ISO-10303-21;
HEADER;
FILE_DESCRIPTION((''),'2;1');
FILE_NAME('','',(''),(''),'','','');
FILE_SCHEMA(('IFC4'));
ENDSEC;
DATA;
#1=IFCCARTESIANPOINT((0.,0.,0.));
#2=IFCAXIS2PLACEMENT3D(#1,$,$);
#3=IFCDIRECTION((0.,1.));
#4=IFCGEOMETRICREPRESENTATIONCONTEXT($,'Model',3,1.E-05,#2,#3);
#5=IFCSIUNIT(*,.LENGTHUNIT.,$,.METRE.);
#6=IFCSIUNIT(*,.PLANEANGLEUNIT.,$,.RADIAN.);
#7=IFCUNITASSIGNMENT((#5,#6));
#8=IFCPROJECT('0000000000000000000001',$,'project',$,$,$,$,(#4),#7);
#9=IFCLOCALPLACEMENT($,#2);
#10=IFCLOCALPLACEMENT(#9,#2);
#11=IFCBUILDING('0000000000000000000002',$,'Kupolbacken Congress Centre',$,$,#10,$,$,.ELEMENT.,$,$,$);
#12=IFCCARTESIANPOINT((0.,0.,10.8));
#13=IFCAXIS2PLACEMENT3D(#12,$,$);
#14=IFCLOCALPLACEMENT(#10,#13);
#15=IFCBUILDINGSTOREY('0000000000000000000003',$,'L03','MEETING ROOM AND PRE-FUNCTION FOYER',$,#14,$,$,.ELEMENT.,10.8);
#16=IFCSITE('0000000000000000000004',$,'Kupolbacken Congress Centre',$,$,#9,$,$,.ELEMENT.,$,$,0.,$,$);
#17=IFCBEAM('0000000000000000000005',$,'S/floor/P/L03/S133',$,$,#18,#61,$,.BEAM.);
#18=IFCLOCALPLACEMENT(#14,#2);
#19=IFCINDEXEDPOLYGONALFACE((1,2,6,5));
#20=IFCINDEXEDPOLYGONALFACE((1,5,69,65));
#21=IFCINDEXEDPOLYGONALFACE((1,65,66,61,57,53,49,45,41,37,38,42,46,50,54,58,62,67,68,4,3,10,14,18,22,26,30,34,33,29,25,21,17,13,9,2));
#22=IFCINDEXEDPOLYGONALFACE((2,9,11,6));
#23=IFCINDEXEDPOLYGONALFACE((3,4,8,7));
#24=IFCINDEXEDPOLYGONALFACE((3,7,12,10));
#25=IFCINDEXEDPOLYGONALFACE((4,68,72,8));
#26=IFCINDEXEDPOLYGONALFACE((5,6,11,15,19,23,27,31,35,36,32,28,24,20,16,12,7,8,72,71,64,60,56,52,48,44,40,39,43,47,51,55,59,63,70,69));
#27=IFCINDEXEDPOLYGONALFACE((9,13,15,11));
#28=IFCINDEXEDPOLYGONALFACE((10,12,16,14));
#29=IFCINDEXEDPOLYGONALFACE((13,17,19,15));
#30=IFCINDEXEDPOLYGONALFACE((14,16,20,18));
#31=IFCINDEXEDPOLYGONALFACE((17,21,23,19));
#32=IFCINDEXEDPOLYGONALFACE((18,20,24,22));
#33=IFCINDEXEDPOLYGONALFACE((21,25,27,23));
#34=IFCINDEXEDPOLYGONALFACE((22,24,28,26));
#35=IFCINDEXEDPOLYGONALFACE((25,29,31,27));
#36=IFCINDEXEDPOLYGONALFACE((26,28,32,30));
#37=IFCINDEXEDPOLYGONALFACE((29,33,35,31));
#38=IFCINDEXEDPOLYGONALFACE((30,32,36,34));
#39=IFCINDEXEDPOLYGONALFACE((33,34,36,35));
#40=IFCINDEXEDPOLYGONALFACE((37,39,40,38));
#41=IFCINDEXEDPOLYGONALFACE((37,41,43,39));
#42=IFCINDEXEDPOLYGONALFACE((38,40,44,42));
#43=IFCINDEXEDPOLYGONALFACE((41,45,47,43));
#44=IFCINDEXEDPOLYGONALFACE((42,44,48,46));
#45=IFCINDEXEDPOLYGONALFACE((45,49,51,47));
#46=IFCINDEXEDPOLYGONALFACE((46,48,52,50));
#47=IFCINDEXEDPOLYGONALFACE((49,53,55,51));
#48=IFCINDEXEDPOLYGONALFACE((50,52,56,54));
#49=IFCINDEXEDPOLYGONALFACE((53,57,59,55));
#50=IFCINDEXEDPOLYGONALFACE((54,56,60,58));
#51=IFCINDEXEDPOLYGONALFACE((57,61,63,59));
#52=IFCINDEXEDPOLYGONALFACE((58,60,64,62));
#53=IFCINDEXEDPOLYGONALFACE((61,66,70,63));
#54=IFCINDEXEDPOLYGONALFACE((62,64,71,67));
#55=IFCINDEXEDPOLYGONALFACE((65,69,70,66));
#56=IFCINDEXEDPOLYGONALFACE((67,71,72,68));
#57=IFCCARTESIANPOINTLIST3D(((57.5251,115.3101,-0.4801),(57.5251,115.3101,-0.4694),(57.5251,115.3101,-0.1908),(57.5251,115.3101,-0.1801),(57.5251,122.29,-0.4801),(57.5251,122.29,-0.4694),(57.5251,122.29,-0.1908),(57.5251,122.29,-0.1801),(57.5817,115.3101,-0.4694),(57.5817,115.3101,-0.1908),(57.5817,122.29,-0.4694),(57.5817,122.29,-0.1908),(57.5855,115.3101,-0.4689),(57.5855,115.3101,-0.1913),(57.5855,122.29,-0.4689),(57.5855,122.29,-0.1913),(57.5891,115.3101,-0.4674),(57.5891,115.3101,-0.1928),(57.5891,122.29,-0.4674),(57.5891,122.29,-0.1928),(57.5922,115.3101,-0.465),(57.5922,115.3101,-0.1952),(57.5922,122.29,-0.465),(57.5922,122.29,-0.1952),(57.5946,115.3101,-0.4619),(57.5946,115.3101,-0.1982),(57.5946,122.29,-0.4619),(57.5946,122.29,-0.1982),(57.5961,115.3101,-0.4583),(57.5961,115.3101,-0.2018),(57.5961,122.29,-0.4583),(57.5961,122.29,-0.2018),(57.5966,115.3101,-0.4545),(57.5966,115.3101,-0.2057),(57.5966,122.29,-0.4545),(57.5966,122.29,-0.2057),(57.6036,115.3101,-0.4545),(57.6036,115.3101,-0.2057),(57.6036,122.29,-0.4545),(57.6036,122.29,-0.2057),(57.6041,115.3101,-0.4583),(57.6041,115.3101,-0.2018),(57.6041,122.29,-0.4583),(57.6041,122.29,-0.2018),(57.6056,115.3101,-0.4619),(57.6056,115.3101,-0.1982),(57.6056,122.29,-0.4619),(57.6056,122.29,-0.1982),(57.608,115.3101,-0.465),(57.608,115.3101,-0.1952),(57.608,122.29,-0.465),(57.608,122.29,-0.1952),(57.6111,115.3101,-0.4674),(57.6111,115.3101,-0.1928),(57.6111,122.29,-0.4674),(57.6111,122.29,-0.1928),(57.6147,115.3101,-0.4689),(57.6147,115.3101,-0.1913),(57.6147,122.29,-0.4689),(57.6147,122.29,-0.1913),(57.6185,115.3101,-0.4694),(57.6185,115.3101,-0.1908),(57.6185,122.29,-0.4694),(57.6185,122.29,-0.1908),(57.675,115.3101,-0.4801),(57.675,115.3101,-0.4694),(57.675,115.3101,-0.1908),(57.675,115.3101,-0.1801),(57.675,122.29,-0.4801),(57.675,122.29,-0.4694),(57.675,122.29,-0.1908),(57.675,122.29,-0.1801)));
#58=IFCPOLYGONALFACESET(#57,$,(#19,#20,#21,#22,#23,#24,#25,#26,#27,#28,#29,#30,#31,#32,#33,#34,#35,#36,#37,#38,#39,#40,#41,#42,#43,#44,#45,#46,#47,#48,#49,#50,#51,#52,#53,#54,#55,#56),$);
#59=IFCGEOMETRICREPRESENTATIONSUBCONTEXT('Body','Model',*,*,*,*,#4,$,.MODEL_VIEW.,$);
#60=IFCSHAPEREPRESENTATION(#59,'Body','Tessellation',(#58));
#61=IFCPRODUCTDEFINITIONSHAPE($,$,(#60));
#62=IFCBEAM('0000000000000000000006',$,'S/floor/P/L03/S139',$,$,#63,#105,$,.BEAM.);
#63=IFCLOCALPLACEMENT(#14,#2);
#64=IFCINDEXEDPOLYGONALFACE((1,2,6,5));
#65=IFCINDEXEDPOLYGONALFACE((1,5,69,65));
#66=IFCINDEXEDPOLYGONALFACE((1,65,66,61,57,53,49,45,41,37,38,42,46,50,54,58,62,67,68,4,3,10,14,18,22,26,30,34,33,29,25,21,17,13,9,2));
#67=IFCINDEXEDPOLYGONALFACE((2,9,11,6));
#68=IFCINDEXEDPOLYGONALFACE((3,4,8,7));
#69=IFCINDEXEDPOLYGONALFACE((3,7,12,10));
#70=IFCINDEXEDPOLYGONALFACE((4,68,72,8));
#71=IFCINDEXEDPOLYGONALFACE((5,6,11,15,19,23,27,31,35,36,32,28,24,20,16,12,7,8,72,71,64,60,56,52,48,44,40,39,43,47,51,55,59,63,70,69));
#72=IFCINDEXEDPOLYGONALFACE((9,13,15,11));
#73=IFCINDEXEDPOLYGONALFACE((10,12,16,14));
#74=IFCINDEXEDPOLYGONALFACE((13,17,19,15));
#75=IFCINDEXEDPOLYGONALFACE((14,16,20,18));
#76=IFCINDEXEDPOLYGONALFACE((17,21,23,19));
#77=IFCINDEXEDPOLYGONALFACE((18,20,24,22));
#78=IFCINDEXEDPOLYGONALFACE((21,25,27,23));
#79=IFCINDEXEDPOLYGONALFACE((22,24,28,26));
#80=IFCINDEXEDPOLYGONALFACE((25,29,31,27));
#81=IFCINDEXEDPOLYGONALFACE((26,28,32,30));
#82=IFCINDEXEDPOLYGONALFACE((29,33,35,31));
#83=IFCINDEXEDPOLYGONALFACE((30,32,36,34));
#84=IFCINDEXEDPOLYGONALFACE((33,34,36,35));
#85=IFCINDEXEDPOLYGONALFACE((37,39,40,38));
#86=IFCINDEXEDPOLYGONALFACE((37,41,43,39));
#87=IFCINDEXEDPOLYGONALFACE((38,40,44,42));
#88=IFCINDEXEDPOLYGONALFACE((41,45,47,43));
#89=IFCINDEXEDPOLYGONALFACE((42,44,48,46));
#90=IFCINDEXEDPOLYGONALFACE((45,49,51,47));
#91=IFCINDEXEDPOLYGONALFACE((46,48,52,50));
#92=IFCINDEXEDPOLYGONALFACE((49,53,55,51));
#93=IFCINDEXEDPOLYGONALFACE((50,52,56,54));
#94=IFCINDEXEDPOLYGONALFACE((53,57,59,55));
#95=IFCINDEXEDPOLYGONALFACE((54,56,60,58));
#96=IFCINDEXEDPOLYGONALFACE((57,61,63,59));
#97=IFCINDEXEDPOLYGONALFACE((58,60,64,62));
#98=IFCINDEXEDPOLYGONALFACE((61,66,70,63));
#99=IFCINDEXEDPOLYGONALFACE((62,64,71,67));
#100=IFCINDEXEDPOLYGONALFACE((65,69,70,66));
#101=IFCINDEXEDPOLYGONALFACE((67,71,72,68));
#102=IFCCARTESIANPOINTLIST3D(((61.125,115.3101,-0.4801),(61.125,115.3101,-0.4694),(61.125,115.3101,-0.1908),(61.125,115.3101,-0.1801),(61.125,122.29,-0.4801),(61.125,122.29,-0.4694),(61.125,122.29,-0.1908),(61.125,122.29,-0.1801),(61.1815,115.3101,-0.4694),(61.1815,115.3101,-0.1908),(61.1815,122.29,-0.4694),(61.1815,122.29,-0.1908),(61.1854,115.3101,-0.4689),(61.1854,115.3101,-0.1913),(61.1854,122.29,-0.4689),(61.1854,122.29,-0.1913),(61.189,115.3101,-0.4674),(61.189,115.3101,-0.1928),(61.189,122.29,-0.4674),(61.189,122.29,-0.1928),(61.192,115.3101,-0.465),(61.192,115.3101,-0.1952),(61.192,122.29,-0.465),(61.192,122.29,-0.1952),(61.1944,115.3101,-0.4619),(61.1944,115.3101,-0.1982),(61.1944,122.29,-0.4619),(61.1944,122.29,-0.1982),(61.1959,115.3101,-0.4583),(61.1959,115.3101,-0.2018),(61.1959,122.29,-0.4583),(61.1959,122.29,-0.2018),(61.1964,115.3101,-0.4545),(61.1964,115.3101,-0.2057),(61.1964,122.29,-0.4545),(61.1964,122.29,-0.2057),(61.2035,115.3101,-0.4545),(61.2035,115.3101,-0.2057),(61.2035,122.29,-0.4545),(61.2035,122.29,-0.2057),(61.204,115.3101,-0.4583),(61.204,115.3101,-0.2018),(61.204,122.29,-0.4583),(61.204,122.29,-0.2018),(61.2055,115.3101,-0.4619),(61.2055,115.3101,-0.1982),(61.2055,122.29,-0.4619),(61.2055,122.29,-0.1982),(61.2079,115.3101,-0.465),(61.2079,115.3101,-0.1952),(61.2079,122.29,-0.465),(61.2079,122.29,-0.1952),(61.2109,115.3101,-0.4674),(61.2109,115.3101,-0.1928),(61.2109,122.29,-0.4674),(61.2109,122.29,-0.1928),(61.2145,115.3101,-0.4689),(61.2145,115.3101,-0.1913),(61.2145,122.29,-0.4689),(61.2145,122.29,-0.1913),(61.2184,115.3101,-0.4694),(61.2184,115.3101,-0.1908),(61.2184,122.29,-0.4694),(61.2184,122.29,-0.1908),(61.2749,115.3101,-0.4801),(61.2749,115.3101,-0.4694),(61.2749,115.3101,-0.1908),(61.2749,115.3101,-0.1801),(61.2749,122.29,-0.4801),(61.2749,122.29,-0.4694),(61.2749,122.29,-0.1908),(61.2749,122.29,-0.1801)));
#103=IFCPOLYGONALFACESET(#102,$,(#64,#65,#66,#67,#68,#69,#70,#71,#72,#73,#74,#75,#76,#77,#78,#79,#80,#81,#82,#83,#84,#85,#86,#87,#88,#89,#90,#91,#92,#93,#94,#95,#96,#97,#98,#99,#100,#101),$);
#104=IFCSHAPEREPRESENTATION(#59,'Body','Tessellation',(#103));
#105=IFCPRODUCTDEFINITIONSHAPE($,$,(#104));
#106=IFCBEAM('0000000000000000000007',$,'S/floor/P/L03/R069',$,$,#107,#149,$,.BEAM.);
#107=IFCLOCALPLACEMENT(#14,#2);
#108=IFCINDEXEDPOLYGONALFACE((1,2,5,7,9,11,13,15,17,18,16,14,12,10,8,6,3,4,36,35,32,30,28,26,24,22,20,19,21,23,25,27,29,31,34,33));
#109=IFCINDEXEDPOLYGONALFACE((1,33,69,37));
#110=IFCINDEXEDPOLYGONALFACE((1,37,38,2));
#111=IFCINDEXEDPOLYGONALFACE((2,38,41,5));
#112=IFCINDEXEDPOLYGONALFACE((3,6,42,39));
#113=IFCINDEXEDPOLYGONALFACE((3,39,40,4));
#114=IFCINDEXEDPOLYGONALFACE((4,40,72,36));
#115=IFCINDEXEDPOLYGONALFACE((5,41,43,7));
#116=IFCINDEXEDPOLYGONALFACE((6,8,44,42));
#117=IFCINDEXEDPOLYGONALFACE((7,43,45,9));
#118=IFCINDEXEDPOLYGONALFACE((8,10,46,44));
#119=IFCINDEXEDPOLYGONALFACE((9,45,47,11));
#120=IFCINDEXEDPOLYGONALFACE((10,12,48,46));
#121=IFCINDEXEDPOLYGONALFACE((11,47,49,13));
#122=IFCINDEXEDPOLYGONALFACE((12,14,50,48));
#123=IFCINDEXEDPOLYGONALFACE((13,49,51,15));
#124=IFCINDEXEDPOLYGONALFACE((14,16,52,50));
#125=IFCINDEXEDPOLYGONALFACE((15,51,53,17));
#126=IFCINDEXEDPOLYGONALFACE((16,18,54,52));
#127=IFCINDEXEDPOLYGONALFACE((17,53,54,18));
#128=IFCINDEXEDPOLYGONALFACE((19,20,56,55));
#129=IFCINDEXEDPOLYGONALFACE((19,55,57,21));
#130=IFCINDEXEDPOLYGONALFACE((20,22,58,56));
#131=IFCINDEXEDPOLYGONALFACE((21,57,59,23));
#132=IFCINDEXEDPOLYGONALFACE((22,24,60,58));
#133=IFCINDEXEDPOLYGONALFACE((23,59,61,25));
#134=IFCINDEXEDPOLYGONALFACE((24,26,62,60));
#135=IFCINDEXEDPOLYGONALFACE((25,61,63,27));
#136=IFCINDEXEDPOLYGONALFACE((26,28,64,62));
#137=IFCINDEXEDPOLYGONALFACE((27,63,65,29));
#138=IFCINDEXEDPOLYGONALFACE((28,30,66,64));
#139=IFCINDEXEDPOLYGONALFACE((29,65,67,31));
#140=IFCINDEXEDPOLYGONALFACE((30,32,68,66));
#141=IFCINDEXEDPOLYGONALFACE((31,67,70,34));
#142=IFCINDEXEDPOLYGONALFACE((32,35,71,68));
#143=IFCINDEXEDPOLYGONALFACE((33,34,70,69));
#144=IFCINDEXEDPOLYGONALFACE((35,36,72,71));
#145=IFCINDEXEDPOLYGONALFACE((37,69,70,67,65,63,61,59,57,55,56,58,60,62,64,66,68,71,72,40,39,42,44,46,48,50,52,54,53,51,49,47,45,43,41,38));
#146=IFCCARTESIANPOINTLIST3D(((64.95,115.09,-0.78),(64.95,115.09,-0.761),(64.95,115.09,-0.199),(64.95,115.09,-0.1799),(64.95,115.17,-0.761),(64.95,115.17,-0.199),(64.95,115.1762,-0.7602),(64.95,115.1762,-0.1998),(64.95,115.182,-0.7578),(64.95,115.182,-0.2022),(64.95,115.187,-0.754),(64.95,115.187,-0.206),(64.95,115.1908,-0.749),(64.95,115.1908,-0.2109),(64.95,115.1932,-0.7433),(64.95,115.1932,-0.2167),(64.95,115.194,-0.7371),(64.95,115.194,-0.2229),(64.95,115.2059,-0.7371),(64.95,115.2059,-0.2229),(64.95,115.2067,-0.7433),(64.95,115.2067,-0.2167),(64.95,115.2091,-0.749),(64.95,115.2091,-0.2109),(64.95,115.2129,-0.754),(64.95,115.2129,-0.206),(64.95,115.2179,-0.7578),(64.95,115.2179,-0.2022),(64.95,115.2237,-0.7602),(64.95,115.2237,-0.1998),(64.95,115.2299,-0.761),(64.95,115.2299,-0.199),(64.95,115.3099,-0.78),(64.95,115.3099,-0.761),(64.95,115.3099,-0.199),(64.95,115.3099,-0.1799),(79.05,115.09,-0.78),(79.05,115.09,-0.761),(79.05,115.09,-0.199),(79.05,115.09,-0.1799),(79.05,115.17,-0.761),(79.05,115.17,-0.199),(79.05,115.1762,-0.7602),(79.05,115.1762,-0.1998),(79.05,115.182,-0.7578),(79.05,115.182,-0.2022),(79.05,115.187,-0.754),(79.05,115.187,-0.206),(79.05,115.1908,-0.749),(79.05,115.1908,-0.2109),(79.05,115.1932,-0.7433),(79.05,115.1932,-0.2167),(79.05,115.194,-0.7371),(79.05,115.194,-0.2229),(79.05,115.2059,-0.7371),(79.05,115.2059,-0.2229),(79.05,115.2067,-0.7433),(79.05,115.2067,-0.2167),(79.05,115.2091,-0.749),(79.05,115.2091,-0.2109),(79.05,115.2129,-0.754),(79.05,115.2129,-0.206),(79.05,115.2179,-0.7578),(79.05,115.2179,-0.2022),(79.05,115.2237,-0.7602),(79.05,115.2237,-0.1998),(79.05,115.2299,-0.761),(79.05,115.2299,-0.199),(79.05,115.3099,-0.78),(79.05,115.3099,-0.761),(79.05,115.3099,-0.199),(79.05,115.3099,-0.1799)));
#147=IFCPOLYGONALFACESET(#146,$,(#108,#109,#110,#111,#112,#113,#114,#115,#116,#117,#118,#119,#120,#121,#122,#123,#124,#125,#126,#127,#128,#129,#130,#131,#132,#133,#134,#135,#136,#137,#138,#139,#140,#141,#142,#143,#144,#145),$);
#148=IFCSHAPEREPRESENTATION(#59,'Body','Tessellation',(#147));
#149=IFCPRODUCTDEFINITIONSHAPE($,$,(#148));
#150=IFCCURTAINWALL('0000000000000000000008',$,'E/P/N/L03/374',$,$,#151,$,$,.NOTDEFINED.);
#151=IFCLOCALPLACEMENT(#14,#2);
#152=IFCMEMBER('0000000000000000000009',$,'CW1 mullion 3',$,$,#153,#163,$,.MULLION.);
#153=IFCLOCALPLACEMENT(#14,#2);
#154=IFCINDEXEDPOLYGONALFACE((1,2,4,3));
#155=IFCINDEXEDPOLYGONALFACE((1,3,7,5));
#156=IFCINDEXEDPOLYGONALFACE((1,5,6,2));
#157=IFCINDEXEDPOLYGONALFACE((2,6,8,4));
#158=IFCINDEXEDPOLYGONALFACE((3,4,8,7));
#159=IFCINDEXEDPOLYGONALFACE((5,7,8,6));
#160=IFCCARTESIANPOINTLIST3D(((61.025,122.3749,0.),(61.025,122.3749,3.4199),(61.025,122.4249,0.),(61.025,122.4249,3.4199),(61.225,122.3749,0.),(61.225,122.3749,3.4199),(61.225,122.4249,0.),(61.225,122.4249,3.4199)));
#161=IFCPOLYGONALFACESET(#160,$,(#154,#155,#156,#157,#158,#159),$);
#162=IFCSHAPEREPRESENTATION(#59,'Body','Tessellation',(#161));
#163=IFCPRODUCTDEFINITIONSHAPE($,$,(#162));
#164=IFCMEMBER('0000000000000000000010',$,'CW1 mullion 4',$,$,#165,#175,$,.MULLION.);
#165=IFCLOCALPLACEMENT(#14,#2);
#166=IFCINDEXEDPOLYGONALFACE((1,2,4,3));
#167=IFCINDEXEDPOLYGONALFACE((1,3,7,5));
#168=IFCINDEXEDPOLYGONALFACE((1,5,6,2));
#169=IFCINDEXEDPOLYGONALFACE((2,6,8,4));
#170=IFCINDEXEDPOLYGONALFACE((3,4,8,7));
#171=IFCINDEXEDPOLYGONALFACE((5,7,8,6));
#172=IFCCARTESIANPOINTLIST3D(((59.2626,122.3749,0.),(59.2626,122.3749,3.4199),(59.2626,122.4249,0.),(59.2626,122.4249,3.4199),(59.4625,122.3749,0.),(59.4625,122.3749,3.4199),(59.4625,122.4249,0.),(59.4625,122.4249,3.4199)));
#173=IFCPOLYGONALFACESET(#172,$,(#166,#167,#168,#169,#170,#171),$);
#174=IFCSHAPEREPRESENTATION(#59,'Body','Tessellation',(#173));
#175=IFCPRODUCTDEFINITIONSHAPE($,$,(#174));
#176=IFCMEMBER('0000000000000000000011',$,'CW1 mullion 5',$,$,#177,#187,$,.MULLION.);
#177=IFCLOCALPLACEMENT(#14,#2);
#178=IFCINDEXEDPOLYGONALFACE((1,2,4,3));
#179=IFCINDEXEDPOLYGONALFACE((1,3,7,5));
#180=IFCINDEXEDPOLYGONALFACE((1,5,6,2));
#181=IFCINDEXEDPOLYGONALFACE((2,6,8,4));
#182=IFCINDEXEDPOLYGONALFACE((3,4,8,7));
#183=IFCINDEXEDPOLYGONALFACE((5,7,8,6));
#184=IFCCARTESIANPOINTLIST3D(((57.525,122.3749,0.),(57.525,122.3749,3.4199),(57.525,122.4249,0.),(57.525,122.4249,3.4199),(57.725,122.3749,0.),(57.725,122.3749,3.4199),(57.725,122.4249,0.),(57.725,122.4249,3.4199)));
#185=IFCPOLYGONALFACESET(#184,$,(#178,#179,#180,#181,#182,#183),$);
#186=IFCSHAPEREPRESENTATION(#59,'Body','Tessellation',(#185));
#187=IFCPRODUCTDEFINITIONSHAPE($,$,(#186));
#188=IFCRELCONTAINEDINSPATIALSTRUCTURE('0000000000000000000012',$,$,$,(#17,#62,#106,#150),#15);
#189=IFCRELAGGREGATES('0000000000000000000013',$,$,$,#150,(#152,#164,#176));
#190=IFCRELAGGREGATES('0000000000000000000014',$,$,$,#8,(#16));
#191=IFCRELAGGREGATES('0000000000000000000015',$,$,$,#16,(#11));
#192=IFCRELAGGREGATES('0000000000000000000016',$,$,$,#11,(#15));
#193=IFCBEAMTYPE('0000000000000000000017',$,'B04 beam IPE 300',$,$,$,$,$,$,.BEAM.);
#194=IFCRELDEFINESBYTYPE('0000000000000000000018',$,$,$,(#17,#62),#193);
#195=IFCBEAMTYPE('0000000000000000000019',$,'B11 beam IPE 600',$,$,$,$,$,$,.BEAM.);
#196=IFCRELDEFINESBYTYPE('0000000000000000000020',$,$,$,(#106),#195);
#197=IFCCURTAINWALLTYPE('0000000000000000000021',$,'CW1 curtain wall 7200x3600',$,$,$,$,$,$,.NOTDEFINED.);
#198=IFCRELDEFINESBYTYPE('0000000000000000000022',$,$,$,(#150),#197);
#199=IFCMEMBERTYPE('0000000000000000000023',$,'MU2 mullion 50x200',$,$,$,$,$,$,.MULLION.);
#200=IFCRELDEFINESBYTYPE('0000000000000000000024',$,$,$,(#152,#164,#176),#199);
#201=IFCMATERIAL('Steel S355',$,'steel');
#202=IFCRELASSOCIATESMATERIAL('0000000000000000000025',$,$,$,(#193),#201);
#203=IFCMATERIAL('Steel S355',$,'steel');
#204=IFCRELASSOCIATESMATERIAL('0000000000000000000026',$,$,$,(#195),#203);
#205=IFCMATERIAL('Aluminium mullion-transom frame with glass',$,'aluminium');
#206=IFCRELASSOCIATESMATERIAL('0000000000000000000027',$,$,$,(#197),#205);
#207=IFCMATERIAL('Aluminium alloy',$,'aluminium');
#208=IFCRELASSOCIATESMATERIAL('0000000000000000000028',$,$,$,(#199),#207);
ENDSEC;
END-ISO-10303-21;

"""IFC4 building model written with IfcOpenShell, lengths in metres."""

from ifc_helpers import new_model, si_unit, direction, frame, origin, origin_2d, place, context, subcontext, project, spatial, rectangle, i_section, extrude, material, material_profile, profile_set, type_object, element, aggregate, save


model = new_model("IFC4")

# Units and contexts
model_context = context("Model", 3, precision=1e-05, world=origin(), true_north=direction((0.0, 1.0)))
body_context = subcontext(model_context, "Body", "Model", "MODEL_VIEW")
ifc_project = project(units=[si_unit("LENGTHUNIT", "METRE"), si_unit("PLANEANGLEUNIT", "RADIAN")], contexts=[model_context])

# Site, building, storey
site_placement = place(None, origin())
site = spatial("IfcSite", under=ifc_project, at=site_placement, Name="Kupolbacken Congress Centre", CompositionType="ELEMENT", RefElevation=0.0)
building_placement = place(site_placement, origin())
building = spatial("IfcBuilding", under=site, at=building_placement, Name="Kupolbacken Congress Centre", CompositionType="ELEMENT")
storey_placement = place(building_placement, frame((0.0, 0.0, 10.8)))
storey = spatial("IfcBuildingStorey", under=building, at=storey_placement, Name="L03", Description="MEETING ROOM AND PRE-FUNCTION FOYER", CompositionType="ELEMENT", Elevation=10.8)

# Beams
ifc_material_1 = material(Name="Steel S355", Category="steel")
ifc_material_profile_1 = material_profile(ifc_material_1, i_section(OverallWidth=0.1499, OverallDepth=0.3, WebThickness=0.0071, FlangeThickness=0.0107, FilletRadius=0.0149, at=origin_2d()), Name="IPE 300")
ifc_profile_set_1 = profile_set([ifc_material_profile_1], Name="Steel S355")
beam_type_1 = type_object("IfcBeamType", Name="B04 beam IPE 300", PredefinedType="BEAM", material=ifc_profile_set_1)
for number, where, z_axis, x_axis, name in (
    (1, (57.6001, 115.3101, -0.3301), (0.0, 1.0, 0.0), (-1.0, 0.0, 0.0), "S/floor/P/L03/S133"),
    (2, (61.2, 115.3101, -0.3301), (0.0, 1.0, 0.0), (-1.0, 0.0, 0.0), "S/floor/P/L03/S139"),
):
    element("IfcBeam", number, at=place(storey_placement, frame(where, z_axis=z_axis, x_axis=x_axis)), inside=storey, type_object=beam_type_1, Name=name, PredefinedType="BEAM", context=body_context, shape_type="SweptSolid", body=[
        extrude(i_section(OverallWidth=0.1499, OverallDepth=0.3, WebThickness=0.0071, FlangeThickness=0.0107, FilletRadius=0.0149, at=origin_2d()), origin(), (0.0, 0.0, 1.0), 6.98),
    ])
ifc_material_2 = material(Name="Steel S355", Category="steel")
ifc_material_profile_2 = material_profile(ifc_material_2, i_section(OverallWidth=0.22, OverallDepth=0.6001, WebThickness=0.012, FlangeThickness=0.019, FilletRadius=0.0239, at=origin_2d()), Name="IPE 600")
ifc_profile_set_2 = profile_set([ifc_material_profile_2], Name="Steel S355")
beam_type_2 = type_object("IfcBeamType", Name="B11 beam IPE 600", PredefinedType="BEAM", material=ifc_profile_set_2)
beam_placement = place(storey_placement, frame((64.95, 115.2, -0.48), z_axis=(1.0, 0.0, 0.0), x_axis=(0.0, 1.0, 0.0)))
element("IfcBeam", 3, at=beam_placement, inside=storey, type_object=beam_type_2, Name="S/floor/P/L03/R069", PredefinedType="BEAM", context=body_context, shape_type="SweptSolid", body=[
    extrude(i_section(OverallWidth=0.22, OverallDepth=0.6001, WebThickness=0.012, FlangeThickness=0.019, FilletRadius=0.0239, at=origin_2d()), origin(), (0.0, 0.0, 1.0), 14.1001),
])

# Curtain wall, members
ifc_material_3 = material(Name="Aluminium mullion-transom frame with glass", Category="aluminium")
curtain_wall_type = type_object("IfcCurtainWallType", Name="CW1 curtain wall 7200x3600", PredefinedType="NOTDEFINED", material=ifc_material_3)
curtain_wall_placement = place(storey_placement, origin())
curtain_wall = element("IfcCurtainWall", 4, at=curtain_wall_placement, inside=storey, type_object=curtain_wall_type, Name="E/P/N/L03/374", PredefinedType="NOTDEFINED")
ifc_material_4 = material(Name="Aluminium alloy", Category="aluminium")
ifc_material_profile_3 = material_profile(ifc_material_4, rectangle(XDim=0.05, YDim=0.2, at=origin_2d()), Name="50 x 200")
ifc_profile_set_3 = profile_set([ifc_material_profile_3], Name="Aluminium alloy")
member_type_1 = type_object("IfcMemberType", Name="MU2 mullion 50x200", PredefinedType="MULLION", material=ifc_profile_set_3)
member_1_placement = place(storey_placement, frame((61.125, 122.3999, 0.0), z_axis=(0.0, 0.0, 1.0), x_axis=(0.0, -1.0, 0.0)))
member_1 = element("IfcMember", 5, at=member_1_placement, type_object=member_type_1, Name="CW1 mullion 3", PredefinedType="MULLION", context=body_context, shape_type="SweptSolid", body=[
    extrude(rectangle(XDim=0.05, YDim=0.2, at=origin_2d()), origin(), (0.0, 0.0, 1.0), 3.4199),
])
member_2_placement = place(storey_placement, frame((59.3625, 122.3999, 0.0), z_axis=(0.0, 0.0, 1.0), x_axis=(0.0, -1.0, 0.0)))
member_2 = element("IfcMember", 6, at=member_2_placement, type_object=member_type_1, Name="CW1 mullion 4", PredefinedType="MULLION", context=body_context, shape_type="SweptSolid", body=[
    extrude(rectangle(XDim=0.05, YDim=0.2, at=origin_2d()), origin(), (0.0, 0.0, 1.0), 3.4199),
])
member_3_placement = place(storey_placement, frame((57.625, 122.3999, 0.0), z_axis=(0.0, 0.0, 1.0), x_axis=(0.0, -1.0, 0.0)))
member_3 = element("IfcMember", 7, at=member_3_placement, type_object=member_type_1, Name="CW1 mullion 5", PredefinedType="MULLION", context=body_context, shape_type="SweptSolid", body=[
    extrude(rectangle(XDim=0.05, YDim=0.2, at=origin_2d()), origin(), (0.0, 0.0, 1.0), 3.4199),
])
aggregate(curtain_wall, [member_1, member_2, member_3])

save(model, "model.ifc")
